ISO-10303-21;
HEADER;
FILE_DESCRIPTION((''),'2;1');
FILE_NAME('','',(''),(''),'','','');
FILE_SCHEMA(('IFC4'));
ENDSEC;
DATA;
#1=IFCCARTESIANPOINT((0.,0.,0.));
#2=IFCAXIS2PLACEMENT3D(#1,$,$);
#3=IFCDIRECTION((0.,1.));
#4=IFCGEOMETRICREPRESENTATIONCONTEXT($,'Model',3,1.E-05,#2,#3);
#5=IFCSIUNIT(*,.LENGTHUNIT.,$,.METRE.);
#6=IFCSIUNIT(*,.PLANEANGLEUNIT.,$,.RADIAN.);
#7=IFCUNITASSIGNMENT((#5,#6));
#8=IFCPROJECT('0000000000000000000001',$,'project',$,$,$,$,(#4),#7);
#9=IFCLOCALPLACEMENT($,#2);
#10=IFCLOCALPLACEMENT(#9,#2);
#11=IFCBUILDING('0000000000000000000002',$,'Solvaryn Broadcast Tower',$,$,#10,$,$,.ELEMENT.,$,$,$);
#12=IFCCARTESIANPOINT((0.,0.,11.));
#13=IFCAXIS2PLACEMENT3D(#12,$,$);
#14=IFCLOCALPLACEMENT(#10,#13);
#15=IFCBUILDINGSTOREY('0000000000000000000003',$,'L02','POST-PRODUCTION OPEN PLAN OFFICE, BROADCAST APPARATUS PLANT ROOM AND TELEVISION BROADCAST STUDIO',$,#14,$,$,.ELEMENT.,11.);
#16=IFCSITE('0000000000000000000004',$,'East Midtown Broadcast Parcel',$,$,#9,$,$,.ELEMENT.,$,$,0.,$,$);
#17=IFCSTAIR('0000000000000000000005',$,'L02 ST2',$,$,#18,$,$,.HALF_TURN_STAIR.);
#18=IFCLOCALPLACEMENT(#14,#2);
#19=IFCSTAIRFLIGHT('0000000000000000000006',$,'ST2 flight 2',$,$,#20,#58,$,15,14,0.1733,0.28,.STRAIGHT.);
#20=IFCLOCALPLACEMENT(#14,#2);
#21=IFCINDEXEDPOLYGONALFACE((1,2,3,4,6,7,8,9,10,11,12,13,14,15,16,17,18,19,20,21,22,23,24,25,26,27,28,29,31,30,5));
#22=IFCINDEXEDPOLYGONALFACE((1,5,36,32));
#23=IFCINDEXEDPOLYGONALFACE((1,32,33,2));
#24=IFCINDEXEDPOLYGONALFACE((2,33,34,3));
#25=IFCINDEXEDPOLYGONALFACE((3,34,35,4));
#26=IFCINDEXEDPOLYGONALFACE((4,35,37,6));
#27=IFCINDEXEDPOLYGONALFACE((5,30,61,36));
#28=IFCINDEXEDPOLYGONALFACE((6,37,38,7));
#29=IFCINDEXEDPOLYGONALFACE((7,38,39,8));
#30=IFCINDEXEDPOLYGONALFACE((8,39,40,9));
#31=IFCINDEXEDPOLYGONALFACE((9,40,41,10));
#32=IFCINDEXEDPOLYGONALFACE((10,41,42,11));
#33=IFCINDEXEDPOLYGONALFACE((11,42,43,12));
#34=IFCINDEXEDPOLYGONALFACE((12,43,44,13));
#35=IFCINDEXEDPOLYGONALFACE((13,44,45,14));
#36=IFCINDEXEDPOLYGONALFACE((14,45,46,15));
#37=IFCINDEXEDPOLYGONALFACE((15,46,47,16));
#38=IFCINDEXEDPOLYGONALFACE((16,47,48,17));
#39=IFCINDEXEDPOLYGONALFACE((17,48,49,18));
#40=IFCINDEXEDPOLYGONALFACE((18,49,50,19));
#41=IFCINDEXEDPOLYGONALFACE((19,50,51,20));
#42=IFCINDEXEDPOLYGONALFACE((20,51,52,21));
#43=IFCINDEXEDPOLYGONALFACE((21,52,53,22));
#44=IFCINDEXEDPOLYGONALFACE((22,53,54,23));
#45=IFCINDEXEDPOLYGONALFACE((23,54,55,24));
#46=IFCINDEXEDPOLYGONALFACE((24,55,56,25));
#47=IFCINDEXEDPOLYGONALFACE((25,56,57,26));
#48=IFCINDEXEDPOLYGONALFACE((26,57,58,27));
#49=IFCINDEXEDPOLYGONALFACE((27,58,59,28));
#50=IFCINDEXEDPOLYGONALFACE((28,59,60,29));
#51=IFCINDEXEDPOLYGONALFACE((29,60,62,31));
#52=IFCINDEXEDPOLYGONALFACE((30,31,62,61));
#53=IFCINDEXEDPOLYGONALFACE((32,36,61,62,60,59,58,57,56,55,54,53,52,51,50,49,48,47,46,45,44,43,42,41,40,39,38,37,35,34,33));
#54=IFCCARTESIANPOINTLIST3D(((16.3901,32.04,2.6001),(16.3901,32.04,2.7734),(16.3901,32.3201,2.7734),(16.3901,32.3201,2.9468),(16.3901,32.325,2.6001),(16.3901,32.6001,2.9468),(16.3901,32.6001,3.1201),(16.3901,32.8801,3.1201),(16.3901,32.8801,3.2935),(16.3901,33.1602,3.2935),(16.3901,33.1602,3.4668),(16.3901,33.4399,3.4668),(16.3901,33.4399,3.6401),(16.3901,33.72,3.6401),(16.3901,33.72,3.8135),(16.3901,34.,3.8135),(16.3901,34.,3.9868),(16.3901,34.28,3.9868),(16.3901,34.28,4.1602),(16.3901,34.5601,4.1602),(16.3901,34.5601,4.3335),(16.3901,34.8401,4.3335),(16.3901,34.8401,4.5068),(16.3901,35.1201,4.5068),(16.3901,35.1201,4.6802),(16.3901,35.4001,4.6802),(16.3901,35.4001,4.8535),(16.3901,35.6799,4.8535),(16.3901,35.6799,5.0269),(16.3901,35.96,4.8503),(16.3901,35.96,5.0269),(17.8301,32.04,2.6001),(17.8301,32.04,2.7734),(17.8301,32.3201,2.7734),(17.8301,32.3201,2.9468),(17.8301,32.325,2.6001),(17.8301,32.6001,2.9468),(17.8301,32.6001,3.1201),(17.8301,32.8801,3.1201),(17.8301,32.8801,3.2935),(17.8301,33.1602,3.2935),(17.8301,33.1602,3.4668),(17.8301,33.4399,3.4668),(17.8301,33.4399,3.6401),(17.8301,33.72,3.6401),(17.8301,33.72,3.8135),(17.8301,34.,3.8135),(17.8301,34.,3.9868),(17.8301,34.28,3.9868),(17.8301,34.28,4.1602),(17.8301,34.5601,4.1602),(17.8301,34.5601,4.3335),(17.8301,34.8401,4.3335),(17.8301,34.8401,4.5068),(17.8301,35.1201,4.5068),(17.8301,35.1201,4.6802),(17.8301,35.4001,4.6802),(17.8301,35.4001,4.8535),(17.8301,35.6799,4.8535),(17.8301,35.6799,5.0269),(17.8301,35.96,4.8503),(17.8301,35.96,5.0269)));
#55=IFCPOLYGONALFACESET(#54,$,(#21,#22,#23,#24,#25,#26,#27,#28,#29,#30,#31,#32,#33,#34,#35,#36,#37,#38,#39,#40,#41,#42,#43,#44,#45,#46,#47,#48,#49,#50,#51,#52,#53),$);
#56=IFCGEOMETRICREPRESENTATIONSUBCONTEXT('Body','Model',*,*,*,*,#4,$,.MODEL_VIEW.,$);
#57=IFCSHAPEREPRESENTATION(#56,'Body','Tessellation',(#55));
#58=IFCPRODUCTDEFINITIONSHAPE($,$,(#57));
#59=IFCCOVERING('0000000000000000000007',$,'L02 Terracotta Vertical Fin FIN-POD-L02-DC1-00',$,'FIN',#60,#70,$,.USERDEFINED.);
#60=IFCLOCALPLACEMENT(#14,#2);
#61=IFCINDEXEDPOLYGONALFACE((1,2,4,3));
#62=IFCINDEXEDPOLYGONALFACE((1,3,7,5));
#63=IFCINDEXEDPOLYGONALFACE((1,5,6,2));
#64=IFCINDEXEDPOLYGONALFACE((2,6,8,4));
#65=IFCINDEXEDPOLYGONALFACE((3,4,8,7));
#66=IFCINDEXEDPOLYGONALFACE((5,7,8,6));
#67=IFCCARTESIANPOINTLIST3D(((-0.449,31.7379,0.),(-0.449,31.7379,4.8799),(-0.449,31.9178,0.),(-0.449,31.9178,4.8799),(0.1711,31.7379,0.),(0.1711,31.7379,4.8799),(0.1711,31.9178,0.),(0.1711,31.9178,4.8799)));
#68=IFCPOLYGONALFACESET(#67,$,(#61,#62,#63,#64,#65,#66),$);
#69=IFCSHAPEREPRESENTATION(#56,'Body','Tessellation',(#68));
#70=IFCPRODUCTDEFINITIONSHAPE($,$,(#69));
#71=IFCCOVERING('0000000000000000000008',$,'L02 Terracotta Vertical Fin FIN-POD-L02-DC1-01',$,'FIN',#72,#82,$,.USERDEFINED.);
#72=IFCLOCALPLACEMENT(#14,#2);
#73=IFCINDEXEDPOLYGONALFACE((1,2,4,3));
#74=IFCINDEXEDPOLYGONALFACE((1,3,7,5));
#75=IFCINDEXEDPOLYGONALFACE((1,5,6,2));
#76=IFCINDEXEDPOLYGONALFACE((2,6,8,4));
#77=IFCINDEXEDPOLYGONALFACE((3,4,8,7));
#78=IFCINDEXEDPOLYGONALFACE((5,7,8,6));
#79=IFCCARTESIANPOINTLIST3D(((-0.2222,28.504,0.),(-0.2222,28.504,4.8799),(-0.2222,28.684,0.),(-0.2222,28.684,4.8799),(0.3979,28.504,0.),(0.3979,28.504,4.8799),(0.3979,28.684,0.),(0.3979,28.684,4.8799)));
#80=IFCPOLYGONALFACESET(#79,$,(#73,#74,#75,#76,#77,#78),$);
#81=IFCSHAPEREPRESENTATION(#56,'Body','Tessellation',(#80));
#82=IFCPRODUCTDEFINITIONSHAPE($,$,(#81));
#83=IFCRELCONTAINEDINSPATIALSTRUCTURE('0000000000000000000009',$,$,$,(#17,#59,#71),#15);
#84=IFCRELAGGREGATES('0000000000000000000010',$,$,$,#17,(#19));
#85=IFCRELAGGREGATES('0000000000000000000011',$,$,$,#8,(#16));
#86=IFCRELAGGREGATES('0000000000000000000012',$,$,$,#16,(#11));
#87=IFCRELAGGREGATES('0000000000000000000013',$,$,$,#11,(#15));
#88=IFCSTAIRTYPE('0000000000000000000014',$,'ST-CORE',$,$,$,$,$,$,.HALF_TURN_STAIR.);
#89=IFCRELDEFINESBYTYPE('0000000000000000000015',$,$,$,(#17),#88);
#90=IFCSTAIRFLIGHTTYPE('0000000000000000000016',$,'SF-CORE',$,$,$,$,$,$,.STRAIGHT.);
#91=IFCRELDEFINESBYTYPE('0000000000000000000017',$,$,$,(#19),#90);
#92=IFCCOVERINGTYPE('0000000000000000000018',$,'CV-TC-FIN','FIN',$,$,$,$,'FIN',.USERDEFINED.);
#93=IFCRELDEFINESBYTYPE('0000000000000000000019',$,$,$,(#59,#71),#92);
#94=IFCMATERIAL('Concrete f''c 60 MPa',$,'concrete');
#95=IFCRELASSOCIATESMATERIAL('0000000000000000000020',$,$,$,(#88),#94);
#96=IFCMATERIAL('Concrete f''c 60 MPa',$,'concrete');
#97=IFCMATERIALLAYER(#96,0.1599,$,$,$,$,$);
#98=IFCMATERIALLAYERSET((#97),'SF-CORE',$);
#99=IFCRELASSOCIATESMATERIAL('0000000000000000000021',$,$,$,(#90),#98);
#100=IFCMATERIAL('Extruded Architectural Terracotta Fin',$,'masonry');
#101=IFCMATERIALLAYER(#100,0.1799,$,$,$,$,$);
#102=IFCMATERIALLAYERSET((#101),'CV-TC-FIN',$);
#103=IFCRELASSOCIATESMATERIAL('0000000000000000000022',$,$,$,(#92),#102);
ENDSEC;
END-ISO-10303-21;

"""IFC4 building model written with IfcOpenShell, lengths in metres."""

from ifc_helpers import new_model, si_unit, direction, frame, origin, origin_2d, place, context, subcontext, project, spatial, polyline, rectangle, outline, extrude, material, layer, layer_set, type_object, element, aggregate, save


model = new_model("IFC4")

# Units and contexts
model_context = context("Model", 3, precision=1e-05, world=origin(), true_north=direction((0.0, 1.0)))
body_context = subcontext(model_context, "Body", "Model", "MODEL_VIEW")
ifc_project = project(units=[si_unit("LENGTHUNIT", "METRE"), si_unit("PLANEANGLEUNIT", "RADIAN")], contexts=[model_context])

# Site, building, storey
site_placement = place(None, origin())
site = spatial("IfcSite", under=ifc_project, at=site_placement, Name="East Midtown Broadcast Parcel", CompositionType="ELEMENT", RefElevation=0.0)
building_placement = place(site_placement, origin())
building = spatial("IfcBuilding", under=site, at=building_placement, Name="Solvaryn Broadcast Tower", CompositionType="ELEMENT")
storey_placement = place(building_placement, frame((0.0, 0.0, 11.0)))
storey = spatial("IfcBuildingStorey", under=building, at=storey_placement, Name="L02", Description="POST-PRODUCTION OPEN PLAN OFFICE, BROADCAST APPARATUS PLANT ROOM AND TELEVISION BROADCAST STUDIO", CompositionType="ELEMENT", Elevation=11.0)

# Shared definitions
ifc_material_1 = material(Name="Concrete f'c 60 MPa", Category="concrete")
stair_type = type_object("IfcStairType", Name="ST-CORE", PredefinedType="HALF_TURN_STAIR", material=ifc_material_1)
ifc_material_2 = material(Name="Concrete f'c 60 MPa", Category="concrete")
ifc_layer_1 = layer(ifc_material_2, 0.1599)
ifc_layer_set_1 = layer_set([ifc_layer_1], Name="SF-CORE")
stair_flight_type = type_object("IfcStairFlightType", Name="SF-CORE", PredefinedType="STRAIGHT", material=ifc_layer_set_1)

# Stair, stair flight
stair_1_placement = place(storey_placement, origin())
stair_1 = element("IfcStair", 1, at=stair_1_placement, inside=storey, type_object=stair_type, Name="L02 ST2", PredefinedType="HALF_TURN_STAIR")
stair_flight_1_placement = place(storey_placement, frame((17.1101, 32.04, 2.6001), z_axis=(0.0, 0.0, 1.0), x_axis=(0.0, 1.0, 0.0)))
stair_flight_1 = element("IfcStairFlight", 2, at=stair_flight_1_placement, type_object=stair_flight_type, Name="ST2 flight 2", NumberOfRisers=15, NumberOfTreads=14, PredefinedType="STRAIGHT", RiserHeight=0.1733, TreadLength=0.28, context=body_context, shape_type="SweptSolid", body=[
    extrude(outline(polyline([(0.0, 0.0), (0.0, 0.1733), (0.28, 0.1733), (0.28, 0.3467), (0.5601, 0.3467), (0.5601, 0.52), (0.8401, 0.52), (0.8401, 0.6934), (1.1201, 0.6934), (1.1201, 0.8667), (1.3999, 0.8667), (1.3999, 1.04), (1.6799, 1.04), (1.6799, 1.2134), (1.96, 1.2134), (1.96, 1.3867), (2.24, 1.3867), (2.24, 1.5601), (2.52, 1.5601), (2.52, 1.7334), (2.8, 1.7334), (2.8, 1.9067), (3.0801, 1.9067), (3.0801, 2.0801), (3.3601, 2.0801), (3.3601, 2.2534), (3.6399, 2.2534), (3.6399, 2.4268), (3.9199, 2.4268), (3.9199, 2.6001), (3.9199, 2.2502), (0.2849, 0.0), (0.0, 0.0)])), frame((0.0, 0.72, 0.0), z_axis=(0.0, -1.0, 0.0), x_axis=(1.0, 0.0, 0.0)), (0.0, 0.0, 1.0), 1.4399),
])
aggregate(stair_1, [stair_flight_1])

# Coverings
ifc_material_3 = material(Name="Extruded Architectural Terracotta Fin", Category="masonry")
ifc_layer_2 = layer(ifc_material_3, 0.1799)
ifc_layer_set_2 = layer_set([ifc_layer_2], Name="CV-TC-FIN")
covering_type = type_object("IfcCoveringType", Name="CV-TC-FIN", Description="FIN", ElementType="FIN", PredefinedType="USERDEFINED", material=ifc_layer_set_2)
for number, where, z_axis, x_axis, name in (
    (3, (-0.1389, 31.8279, 0.0), (0.0, 0.0, 1.0), (1.0, 0.0, 0.0), "L02 Terracotta Vertical Fin FIN-POD-L02-DC1-00"),
    (4, (0.0879, 28.594, 0.0), (0.0, 0.0, 1.0), (1.0, 0.0, 0.0), "L02 Terracotta Vertical Fin FIN-POD-L02-DC1-01"),
):
    element("IfcCovering", number, at=place(storey_placement, frame(where, z_axis=z_axis, x_axis=x_axis)), inside=storey, type_object=covering_type, Name=name, ObjectType="FIN", PredefinedType="USERDEFINED", context=body_context, shape_type="SweptSolid", body=[
        extrude(rectangle(XDim=0.6201, YDim=0.1799, at=origin_2d()), origin(), (0.0, 0.0, 1.0), 4.8799),
    ])

save(model, "model.ifc")
